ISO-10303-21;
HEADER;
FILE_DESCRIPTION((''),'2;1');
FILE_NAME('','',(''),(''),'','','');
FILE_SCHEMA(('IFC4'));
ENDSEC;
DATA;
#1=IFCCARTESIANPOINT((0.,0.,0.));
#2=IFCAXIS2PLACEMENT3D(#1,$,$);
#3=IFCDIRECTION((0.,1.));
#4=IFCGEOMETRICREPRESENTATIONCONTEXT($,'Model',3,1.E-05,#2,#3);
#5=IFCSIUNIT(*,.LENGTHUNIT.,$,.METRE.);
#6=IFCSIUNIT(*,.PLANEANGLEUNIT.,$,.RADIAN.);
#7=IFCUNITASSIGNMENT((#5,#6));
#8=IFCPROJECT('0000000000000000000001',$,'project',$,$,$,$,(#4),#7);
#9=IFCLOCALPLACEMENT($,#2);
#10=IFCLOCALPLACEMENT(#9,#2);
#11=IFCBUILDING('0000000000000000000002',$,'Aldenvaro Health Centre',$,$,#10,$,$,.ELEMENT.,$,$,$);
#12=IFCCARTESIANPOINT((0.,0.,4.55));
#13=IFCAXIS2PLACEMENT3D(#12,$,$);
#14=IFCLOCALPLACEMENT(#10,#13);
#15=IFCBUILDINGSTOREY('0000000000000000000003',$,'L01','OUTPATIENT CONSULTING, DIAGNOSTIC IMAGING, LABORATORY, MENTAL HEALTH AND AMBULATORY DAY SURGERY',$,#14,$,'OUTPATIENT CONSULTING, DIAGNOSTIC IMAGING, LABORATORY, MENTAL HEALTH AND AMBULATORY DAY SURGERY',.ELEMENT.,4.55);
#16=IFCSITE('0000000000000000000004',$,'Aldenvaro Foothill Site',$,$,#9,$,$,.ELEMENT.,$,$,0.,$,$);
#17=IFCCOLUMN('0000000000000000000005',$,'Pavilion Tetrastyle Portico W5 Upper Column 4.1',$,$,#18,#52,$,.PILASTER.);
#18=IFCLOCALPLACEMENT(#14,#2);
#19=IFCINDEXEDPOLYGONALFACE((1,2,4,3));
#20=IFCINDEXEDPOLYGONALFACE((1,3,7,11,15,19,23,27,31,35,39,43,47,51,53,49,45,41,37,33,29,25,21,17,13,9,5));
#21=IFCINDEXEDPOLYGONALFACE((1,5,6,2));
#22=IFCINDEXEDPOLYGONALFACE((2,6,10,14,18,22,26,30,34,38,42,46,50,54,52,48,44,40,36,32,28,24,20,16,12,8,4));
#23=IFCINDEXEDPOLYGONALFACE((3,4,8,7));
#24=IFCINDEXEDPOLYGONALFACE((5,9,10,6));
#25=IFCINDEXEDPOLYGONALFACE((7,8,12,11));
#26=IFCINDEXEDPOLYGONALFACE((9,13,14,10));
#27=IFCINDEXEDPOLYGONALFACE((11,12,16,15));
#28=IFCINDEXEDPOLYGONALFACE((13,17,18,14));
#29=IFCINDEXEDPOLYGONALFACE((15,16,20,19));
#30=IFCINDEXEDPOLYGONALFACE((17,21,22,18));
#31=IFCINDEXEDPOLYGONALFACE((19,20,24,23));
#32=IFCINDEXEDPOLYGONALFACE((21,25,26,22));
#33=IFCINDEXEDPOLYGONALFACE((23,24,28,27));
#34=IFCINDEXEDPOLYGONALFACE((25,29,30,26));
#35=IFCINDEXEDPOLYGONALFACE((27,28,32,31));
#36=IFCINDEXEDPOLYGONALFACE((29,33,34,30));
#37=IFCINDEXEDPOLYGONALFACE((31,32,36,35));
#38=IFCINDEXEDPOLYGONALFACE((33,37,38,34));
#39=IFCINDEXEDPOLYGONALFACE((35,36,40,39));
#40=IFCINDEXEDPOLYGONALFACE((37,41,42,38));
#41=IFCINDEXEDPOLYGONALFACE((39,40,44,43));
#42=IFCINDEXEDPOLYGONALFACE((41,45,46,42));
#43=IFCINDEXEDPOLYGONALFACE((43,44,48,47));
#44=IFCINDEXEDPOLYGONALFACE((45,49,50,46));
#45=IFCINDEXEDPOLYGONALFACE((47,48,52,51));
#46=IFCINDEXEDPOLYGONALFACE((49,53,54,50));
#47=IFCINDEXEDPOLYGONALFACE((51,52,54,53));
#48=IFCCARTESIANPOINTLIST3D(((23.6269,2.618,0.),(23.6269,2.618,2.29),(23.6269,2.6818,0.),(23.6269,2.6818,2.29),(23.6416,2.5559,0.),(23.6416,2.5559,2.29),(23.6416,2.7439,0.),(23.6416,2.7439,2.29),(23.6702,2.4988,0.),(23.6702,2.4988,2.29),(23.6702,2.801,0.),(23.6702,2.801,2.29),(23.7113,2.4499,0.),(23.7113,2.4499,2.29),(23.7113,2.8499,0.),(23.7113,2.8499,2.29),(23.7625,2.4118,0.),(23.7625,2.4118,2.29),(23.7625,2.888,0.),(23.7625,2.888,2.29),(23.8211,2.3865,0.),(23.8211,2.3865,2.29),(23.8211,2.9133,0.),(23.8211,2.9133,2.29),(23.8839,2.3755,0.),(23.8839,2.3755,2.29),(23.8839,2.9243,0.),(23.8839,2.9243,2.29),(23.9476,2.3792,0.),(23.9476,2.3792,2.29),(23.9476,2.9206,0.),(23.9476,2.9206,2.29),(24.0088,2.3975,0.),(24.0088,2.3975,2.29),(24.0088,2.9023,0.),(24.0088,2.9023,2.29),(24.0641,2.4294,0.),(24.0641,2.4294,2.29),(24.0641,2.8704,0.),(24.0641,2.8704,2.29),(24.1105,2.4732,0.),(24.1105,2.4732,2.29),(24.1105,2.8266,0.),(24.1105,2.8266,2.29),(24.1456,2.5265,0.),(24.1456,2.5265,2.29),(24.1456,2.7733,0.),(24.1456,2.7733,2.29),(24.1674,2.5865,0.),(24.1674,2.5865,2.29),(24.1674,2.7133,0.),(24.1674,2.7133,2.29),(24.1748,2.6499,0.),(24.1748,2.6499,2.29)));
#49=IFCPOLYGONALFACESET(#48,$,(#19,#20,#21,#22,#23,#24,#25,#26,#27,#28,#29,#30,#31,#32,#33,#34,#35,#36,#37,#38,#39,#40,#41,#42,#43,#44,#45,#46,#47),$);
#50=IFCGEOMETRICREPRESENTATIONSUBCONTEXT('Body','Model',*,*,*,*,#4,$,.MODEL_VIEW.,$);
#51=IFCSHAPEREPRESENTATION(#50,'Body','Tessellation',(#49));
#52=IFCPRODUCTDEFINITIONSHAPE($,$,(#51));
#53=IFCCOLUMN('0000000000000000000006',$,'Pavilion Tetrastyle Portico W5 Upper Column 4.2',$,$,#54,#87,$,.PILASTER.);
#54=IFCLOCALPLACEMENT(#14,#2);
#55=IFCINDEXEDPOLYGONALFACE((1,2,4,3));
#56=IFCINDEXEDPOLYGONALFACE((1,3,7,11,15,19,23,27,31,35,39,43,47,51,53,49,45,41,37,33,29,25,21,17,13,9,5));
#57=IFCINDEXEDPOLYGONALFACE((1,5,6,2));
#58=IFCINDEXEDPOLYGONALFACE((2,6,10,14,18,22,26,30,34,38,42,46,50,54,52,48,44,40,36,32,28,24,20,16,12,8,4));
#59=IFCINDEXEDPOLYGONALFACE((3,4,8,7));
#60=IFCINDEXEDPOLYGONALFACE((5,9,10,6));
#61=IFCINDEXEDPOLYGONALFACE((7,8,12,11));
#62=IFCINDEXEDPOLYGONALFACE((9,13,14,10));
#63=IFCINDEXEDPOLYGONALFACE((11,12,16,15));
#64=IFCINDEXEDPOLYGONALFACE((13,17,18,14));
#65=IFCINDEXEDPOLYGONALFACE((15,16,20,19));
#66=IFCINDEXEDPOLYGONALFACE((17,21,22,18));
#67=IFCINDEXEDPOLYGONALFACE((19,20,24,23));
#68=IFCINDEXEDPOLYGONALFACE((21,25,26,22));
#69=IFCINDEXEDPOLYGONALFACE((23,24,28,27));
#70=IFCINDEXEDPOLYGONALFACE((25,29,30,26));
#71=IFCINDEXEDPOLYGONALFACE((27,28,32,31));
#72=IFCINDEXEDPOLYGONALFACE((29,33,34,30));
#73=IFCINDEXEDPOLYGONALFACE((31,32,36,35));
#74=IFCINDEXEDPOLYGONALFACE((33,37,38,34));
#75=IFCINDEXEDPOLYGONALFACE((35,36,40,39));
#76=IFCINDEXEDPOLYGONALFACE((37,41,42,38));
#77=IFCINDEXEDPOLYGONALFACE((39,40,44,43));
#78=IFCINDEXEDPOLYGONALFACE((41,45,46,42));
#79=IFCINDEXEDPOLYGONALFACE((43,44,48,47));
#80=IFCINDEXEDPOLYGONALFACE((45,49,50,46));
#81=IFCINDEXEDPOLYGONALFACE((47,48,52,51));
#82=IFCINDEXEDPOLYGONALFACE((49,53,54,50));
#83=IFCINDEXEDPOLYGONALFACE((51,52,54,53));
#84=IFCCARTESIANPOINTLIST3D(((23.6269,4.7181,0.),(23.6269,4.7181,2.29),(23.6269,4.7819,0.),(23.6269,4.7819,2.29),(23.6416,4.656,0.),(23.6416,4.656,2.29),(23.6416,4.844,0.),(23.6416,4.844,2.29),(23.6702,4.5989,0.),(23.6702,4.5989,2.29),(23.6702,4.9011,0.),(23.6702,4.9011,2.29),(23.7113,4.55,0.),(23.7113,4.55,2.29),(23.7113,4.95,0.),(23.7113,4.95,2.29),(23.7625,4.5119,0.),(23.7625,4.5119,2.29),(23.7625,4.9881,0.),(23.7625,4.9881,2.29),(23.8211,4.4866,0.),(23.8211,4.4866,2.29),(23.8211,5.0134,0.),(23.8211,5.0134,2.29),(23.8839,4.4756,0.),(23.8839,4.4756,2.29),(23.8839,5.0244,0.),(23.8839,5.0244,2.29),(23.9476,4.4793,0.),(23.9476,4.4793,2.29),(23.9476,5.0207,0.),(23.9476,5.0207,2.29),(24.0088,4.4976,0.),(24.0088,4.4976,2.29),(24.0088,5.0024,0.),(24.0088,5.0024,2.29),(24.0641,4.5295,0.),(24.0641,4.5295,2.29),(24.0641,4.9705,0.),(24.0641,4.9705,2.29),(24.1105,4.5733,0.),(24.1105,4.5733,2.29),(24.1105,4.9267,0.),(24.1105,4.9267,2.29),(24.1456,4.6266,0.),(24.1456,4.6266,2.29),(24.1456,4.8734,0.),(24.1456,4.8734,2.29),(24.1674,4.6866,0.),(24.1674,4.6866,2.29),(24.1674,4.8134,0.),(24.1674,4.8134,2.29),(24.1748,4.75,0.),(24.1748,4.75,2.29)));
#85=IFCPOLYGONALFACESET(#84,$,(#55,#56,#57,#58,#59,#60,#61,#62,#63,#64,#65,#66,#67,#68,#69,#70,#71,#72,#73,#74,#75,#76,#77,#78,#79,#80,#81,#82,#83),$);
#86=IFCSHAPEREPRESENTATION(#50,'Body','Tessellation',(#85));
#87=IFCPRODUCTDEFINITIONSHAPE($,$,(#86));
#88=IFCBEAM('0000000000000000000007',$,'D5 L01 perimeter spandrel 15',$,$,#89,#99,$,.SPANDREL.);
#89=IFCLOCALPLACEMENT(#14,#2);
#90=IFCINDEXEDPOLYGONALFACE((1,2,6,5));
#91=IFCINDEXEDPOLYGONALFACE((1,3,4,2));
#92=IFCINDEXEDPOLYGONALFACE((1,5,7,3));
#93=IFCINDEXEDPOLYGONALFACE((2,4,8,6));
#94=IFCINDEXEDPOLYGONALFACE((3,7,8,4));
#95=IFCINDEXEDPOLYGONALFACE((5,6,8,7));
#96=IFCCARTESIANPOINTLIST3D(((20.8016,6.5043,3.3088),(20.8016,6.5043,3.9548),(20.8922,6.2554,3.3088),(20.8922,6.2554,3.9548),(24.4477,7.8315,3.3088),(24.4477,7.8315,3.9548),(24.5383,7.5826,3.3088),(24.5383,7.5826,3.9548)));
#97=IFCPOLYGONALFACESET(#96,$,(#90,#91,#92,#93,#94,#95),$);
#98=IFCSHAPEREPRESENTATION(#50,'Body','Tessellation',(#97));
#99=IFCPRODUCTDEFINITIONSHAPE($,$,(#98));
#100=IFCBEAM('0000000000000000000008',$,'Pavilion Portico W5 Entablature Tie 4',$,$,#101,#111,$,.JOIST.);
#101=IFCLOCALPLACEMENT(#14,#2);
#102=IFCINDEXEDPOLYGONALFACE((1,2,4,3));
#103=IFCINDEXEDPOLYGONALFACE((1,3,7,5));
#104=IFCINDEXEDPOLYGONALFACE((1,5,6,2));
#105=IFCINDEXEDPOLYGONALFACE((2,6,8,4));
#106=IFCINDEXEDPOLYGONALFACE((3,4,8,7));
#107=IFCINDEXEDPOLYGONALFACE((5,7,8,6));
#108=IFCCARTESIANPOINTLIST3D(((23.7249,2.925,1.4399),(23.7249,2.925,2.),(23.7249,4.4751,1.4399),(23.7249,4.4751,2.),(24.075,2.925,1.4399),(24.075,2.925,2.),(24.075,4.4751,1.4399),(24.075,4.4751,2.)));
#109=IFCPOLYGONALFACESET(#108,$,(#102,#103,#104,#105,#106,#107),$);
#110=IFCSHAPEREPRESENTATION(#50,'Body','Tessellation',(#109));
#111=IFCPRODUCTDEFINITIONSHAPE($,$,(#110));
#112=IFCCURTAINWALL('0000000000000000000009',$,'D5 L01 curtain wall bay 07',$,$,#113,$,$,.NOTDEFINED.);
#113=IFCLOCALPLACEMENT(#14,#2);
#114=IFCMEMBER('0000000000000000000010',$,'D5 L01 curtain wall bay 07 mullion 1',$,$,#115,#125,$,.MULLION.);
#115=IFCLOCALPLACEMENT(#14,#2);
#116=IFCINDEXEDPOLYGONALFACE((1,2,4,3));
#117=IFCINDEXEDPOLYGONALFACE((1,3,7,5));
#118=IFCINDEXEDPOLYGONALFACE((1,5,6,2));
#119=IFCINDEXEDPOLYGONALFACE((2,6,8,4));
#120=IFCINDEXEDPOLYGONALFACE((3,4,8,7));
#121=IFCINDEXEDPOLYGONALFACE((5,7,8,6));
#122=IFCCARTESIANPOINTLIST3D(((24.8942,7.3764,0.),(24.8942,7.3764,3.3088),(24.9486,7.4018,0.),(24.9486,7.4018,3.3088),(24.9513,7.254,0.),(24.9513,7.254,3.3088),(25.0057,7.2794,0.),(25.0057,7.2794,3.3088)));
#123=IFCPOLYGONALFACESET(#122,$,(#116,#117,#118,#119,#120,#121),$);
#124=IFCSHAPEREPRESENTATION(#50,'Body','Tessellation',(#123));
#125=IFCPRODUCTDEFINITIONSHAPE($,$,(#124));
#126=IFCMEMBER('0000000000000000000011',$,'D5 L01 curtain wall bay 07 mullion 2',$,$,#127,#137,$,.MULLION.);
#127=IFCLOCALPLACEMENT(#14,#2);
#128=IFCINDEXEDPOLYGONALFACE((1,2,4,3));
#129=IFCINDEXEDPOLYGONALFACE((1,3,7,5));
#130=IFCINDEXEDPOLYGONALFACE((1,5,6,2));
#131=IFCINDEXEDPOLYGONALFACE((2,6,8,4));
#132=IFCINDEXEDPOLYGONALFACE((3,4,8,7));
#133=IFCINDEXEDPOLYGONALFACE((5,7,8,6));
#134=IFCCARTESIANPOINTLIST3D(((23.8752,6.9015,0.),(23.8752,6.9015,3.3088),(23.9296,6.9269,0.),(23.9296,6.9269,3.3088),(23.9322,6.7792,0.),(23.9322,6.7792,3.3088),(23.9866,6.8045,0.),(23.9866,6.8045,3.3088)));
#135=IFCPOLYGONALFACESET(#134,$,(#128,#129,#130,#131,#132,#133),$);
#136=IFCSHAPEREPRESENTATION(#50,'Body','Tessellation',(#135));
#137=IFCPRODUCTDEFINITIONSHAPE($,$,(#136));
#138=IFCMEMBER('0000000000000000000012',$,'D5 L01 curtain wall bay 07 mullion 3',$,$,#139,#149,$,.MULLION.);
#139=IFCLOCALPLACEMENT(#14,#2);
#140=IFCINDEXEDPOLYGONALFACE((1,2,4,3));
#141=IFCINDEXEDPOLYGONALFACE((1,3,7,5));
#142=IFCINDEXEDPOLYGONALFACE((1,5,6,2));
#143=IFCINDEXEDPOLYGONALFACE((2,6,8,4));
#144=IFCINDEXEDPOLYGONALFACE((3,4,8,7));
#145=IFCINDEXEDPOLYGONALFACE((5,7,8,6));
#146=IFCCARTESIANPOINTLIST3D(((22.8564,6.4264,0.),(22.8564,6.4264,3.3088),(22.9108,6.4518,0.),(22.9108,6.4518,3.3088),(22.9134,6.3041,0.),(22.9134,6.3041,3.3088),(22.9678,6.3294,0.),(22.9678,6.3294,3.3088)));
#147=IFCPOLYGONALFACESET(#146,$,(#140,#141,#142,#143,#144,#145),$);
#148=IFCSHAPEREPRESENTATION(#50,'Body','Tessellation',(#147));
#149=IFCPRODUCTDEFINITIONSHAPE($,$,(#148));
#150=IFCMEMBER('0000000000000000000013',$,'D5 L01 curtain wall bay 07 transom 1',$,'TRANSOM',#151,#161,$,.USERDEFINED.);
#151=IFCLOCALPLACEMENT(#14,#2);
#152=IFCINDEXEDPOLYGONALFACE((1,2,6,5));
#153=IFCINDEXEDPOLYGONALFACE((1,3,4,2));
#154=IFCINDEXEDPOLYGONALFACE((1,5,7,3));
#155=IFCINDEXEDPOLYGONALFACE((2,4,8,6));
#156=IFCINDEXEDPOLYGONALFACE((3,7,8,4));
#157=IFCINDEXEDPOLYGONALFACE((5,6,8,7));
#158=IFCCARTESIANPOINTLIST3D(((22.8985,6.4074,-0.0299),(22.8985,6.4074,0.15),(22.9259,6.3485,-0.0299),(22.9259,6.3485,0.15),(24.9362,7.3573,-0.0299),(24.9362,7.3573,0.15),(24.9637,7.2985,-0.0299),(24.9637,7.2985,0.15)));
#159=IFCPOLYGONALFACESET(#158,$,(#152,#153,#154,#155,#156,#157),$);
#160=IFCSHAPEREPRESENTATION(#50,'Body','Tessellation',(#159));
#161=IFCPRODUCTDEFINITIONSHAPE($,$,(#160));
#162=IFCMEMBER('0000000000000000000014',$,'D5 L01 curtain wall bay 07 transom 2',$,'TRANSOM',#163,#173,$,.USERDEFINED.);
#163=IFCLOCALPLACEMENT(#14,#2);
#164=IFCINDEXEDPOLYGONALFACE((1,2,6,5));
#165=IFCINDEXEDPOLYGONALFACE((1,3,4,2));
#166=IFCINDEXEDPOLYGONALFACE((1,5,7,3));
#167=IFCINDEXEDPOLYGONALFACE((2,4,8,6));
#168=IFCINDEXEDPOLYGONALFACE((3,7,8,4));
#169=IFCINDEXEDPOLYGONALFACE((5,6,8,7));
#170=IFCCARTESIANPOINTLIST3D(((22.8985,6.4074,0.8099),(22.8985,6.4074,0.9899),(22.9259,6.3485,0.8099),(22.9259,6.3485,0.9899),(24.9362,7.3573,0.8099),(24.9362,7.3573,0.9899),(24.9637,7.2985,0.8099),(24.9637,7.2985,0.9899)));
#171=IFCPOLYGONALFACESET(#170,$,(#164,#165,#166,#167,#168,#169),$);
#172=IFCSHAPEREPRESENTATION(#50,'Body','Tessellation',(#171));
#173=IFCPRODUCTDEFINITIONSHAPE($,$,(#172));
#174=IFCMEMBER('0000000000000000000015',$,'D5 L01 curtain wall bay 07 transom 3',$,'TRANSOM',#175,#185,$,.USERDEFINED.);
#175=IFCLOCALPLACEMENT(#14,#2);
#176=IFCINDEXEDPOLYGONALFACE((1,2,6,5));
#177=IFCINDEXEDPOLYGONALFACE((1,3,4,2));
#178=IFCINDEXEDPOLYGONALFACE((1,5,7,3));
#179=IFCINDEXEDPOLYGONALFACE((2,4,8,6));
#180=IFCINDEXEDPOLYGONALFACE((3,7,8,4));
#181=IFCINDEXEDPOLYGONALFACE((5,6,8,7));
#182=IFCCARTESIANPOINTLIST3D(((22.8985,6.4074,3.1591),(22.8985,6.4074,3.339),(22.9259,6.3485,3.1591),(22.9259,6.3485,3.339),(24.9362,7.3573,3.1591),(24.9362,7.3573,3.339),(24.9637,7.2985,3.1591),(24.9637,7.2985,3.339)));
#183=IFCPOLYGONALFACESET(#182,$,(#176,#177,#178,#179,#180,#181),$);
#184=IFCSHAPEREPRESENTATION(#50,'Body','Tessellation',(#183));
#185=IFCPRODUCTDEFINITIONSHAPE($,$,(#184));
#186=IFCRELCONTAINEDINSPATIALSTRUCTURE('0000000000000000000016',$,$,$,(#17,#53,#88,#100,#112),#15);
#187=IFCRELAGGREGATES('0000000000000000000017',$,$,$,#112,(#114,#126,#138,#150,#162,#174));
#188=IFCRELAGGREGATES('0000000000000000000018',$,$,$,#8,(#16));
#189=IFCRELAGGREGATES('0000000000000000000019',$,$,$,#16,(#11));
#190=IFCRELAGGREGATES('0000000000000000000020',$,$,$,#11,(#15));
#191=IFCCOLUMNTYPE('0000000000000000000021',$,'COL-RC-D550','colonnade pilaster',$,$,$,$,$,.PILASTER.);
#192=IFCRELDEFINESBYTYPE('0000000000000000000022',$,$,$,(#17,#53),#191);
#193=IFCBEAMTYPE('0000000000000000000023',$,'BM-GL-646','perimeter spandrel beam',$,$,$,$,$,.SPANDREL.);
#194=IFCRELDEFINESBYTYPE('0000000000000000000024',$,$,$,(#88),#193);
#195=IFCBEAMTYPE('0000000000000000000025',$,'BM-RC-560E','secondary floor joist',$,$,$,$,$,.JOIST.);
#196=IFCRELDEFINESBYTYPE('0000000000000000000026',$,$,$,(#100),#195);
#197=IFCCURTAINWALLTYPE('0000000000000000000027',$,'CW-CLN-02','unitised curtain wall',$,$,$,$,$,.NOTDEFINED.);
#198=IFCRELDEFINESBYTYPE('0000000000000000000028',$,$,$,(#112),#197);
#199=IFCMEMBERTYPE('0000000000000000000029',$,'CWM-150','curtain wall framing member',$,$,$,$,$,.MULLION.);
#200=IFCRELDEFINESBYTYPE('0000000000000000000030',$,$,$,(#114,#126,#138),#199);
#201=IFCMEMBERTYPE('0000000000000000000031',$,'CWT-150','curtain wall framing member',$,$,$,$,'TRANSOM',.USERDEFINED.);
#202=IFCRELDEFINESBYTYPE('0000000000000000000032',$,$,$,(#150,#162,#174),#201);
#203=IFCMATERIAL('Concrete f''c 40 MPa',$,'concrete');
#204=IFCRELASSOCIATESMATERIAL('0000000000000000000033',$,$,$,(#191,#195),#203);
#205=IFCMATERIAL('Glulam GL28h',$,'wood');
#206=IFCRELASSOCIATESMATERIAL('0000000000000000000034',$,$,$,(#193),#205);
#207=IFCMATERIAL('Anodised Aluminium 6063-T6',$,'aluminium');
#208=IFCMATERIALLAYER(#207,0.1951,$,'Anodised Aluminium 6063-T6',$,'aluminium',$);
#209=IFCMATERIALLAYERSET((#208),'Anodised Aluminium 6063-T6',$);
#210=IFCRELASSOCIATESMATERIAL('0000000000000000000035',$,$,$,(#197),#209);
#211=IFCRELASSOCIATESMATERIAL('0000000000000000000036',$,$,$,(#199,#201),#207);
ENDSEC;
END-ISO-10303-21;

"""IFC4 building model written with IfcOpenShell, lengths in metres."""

from ifc_helpers import new_model, si_unit, direction, frame, origin, origin_2d, place, context, subcontext, project, spatial, rectangle, circle, extrude, material, layer, layer_set, material_profile, profile_set, type_object, element, aggregate, save


model = new_model("IFC4")

# Units and contexts
model_context = context("Model", 3, precision=1e-05, world=origin(), true_north=direction((0.0, 1.0)))
body_context = subcontext(model_context, "Body", "Model", "MODEL_VIEW")
ifc_project = project(units=[si_unit("LENGTHUNIT", "METRE"), si_unit("PLANEANGLEUNIT", "RADIAN")], contexts=[model_context])

# Site, building, storey
site_placement = place(None, origin())
site = spatial("IfcSite", under=ifc_project, at=site_placement, Name="Aldenvaro Foothill Site", CompositionType="ELEMENT", RefElevation=0.0)
building_placement = place(site_placement, origin())
building = spatial("IfcBuilding", under=site, at=building_placement, Name="Aldenvaro Health Centre", CompositionType="ELEMENT")
storey_placement = place(building_placement, frame((0.0, 0.0, 4.55)))
storey = spatial("IfcBuildingStorey", under=building, at=storey_placement, Name="L01", Description="OUTPATIENT CONSULTING, DIAGNOSTIC IMAGING, LABORATORY, MENTAL HEALTH AND AMBULATORY DAY SURGERY", LongName="OUTPATIENT CONSULTING, DIAGNOSTIC IMAGING, LABORATORY, MENTAL HEALTH AND AMBULATORY DAY SURGERY", CompositionType="ELEMENT", Elevation=4.55)

# Columns
ifc_material_1 = material(Name="Concrete f'c 40 MPa", Category="concrete")
ifc_material_profile_1 = material_profile(ifc_material_1, circle(Radius=0.2749, at=origin_2d()), Name="RC D550", Category="concrete")
ifc_profile_set_1 = profile_set([ifc_material_profile_1], Name="Concrete f'c 40 MPa")
column_type = type_object("IfcColumnType", Name="COL-RC-D550", Description="colonnade pilaster", PredefinedType="PILASTER", material=ifc_profile_set_1)
for number, where, z_axis, x_axis, name in (
    (1, (23.8999, 2.6499, 0.0), (0.0, 0.0, 1.0), (1.0, 0.0, 0.0), "Pavilion Tetrastyle Portico W5 Upper Column 4.1"),
    (2, (23.8999, 4.75, 0.0), (0.0, 0.0, 1.0), (1.0, 0.0, 0.0), "Pavilion Tetrastyle Portico W5 Upper Column 4.2"),
):
    element("IfcColumn", number, at=place(storey_placement, frame(where, z_axis=z_axis, x_axis=x_axis)), inside=storey, type_object=column_type, Name=name, PredefinedType="PILASTER", context=body_context, shape_type="SweptSolid", body=[
        extrude(circle(Radius=0.2749, at=origin_2d()), origin(), (0.0, 0.0, 1.0), 2.29),
    ])

# Beams
ifc_material_2 = material(Name="Glulam GL28h", Category="wood")
ifc_material_profile_2 = material_profile(ifc_material_2, rectangle(XDim=0.2649, YDim=0.646, at=origin_2d()), Name="GL 265x646", Category="wood")
ifc_profile_set_2 = profile_set([ifc_material_profile_2], Name="Glulam GL28h")
beam_type_1 = type_object("IfcBeamType", Name="BM-GL-646", Description="perimeter spandrel beam", PredefinedType="SPANDREL", material=ifc_profile_set_2)
beam_1_placement = place(storey_placement, frame((20.8469, 6.3799, 3.6318), z_axis=(0.939683, 0.342046, 0.0), x_axis=(-0.342046, 0.939683, 0.0)))
element("IfcBeam", 3, at=beam_1_placement, inside=storey, type_object=beam_type_1, Name="D5 L01 perimeter spandrel 15", PredefinedType="SPANDREL", context=body_context, shape_type="SweptSolid", body=[
    extrude(rectangle(XDim=0.2649, YDim=0.646, at=origin_2d()), origin(), (0.0, 0.0, 1.0), 3.8801),
])
ifc_material_profile_3 = material_profile(ifc_material_1, rectangle(XDim=0.3501, YDim=0.5601, at=origin_2d()), Name="RC 350x560", Category="concrete")
ifc_profile_set_3 = profile_set([ifc_material_profile_3], Name="Concrete f'c 40 MPa")
beam_type_2 = type_object("IfcBeamType", Name="BM-RC-560E", Description="secondary floor joist", PredefinedType="JOIST", material=ifc_profile_set_3)
beam_2_placement = place(storey_placement, frame((23.8999, 2.925, 1.72), z_axis=(0.0, 1.0, 0.0), x_axis=(-1.0, 0.0, 0.0)))
element("IfcBeam", 4, at=beam_2_placement, inside=storey, type_object=beam_type_2, Name="Pavilion Portico W5 Entablature Tie 4", PredefinedType="JOIST", context=body_context, shape_type="SweptSolid", body=[
    extrude(rectangle(XDim=0.3501, YDim=0.5601, at=origin_2d()), origin(), (0.0, 0.0, 1.0), 1.55),
])

# Curtain wall, members
ifc_material_3 = material(Name="Anodised Aluminium 6063-T6", Category="aluminium")
ifc_layer_1 = layer(ifc_material_3, 0.1951, Name="Anodised Aluminium 6063-T6", Category="aluminium")
ifc_layer_set_1 = layer_set([ifc_layer_1], Name="Anodised Aluminium 6063-T6")
curtain_wall_type = type_object("IfcCurtainWallType", Name="CW-CLN-02", Description="unitised curtain wall", PredefinedType="NOTDEFINED", material=ifc_layer_set_1)
curtain_wall_placement = place(storey_placement, origin())
curtain_wall = element("IfcCurtainWall", 5, at=curtain_wall_placement, inside=storey, type_object=curtain_wall_type, Name="D5 L01 curtain wall bay 07", PredefinedType="NOTDEFINED")
ifc_material_profile_4 = material_profile(ifc_material_3, rectangle(XDim=0.0601, YDim=0.135, at=origin_2d()), Name="ALU 60x135", Category="aluminium")
ifc_profile_set_4 = profile_set([ifc_material_profile_4], Name="Anodised Aluminium 6063-T6")
member_type_1 = type_object("IfcMemberType", Name="CWM-150", Description="curtain wall framing member", PredefinedType="MULLION", material=ifc_profile_set_4)
member_1_placement = place(storey_placement, frame((24.95, 7.3279, 0.0), z_axis=(0.0, 0.0, 1.0), x_axis=(-0.906365, -0.422496, 0.0)))
member_1 = element("IfcMember", 6, at=member_1_placement, type_object=member_type_1, Name="D5 L01 curtain wall bay 07 mullion 1", PredefinedType="MULLION", context=body_context, shape_type="SweptSolid", body=[
    extrude(rectangle(XDim=0.0601, YDim=0.135, at=origin_2d()), origin(), (0.0, 0.0, 1.0), 3.3088),
])
member_2_placement = place(storey_placement, frame((23.9309, 6.853, 0.0), z_axis=(0.0, 0.0, 1.0), x_axis=(-0.906365, -0.422496, 0.0)))
member_2 = element("IfcMember", 7, at=member_2_placement, type_object=member_type_1, Name="D5 L01 curtain wall bay 07 mullion 2", PredefinedType="MULLION", context=body_context, shape_type="SweptSolid", body=[
    extrude(rectangle(XDim=0.0601, YDim=0.135, at=origin_2d()), origin(), (0.0, 0.0, 1.0), 3.3088),
])
member_3_placement = place(storey_placement, frame((22.9121, 6.3779, 0.0), z_axis=(0.0, 0.0, 1.0), x_axis=(-0.906365, -0.422496, 0.0)))
member_3 = element("IfcMember", 8, at=member_3_placement, type_object=member_type_1, Name="D5 L01 curtain wall bay 07 mullion 3", PredefinedType="MULLION", context=body_context, shape_type="SweptSolid", body=[
    extrude(rectangle(XDim=0.0601, YDim=0.135, at=origin_2d()), origin(), (0.0, 0.0, 1.0), 3.3088),
])
ifc_material_profile_5 = material_profile(ifc_material_3, rectangle(XDim=0.0649, YDim=0.1799, at=origin_2d()), Name="ALU 65x180", Category="aluminium")
ifc_profile_set_5 = profile_set([ifc_material_profile_5], Name="Anodised Aluminium 6063-T6")
member_type_2 = type_object("IfcMemberType", Name="CWT-150", Description="curtain wall framing member", ElementType="TRANSOM", PredefinedType="USERDEFINED", material=ifc_profile_set_5)
member_4_placement = place(storey_placement, frame((24.95, 7.3279, 0.0601), z_axis=(-0.906361, -0.422505, 0.0), x_axis=(0.422505, -0.906361, 0.0)))
member_4 = element("IfcMember", 9, at=member_4_placement, type_object=member_type_2, Name="D5 L01 curtain wall bay 07 transom 1", ObjectType="TRANSOM", PredefinedType="USERDEFINED", context=body_context, shape_type="SweptSolid", body=[
    extrude(rectangle(XDim=0.0649, YDim=0.1799, at=origin_2d()), origin(), (0.0, 0.0, 1.0), 2.2483),
])
member_5_placement = place(storey_placement, frame((24.95, 7.3279, 0.8999), z_axis=(-0.906361, -0.422505, 0.0), x_axis=(0.422505, -0.906361, 0.0)))
member_5 = element("IfcMember", 10, at=member_5_placement, type_object=member_type_2, Name="D5 L01 curtain wall bay 07 transom 2", ObjectType="TRANSOM", PredefinedType="USERDEFINED", context=body_context, shape_type="SweptSolid", body=[
    extrude(rectangle(XDim=0.0649, YDim=0.1799, at=origin_2d()), origin(), (0.0, 0.0, 1.0), 2.2483),
])
member_6_placement = place(storey_placement, frame((24.95, 7.3279, 3.249), z_axis=(-0.906361, -0.422505, 0.0), x_axis=(0.422505, -0.906361, 0.0)))
member_6 = element("IfcMember", 11, at=member_6_placement, type_object=member_type_2, Name="D5 L01 curtain wall bay 07 transom 3", ObjectType="TRANSOM", PredefinedType="USERDEFINED", context=body_context, shape_type="SweptSolid", body=[
    extrude(rectangle(XDim=0.0649, YDim=0.1799, at=origin_2d()), origin(), (0.0, 0.0, 1.0), 2.2483),
])

aggregate(curtain_wall, [member_1, member_2, member_3, member_4, member_5, member_6])

save(model, "model.ifc")
